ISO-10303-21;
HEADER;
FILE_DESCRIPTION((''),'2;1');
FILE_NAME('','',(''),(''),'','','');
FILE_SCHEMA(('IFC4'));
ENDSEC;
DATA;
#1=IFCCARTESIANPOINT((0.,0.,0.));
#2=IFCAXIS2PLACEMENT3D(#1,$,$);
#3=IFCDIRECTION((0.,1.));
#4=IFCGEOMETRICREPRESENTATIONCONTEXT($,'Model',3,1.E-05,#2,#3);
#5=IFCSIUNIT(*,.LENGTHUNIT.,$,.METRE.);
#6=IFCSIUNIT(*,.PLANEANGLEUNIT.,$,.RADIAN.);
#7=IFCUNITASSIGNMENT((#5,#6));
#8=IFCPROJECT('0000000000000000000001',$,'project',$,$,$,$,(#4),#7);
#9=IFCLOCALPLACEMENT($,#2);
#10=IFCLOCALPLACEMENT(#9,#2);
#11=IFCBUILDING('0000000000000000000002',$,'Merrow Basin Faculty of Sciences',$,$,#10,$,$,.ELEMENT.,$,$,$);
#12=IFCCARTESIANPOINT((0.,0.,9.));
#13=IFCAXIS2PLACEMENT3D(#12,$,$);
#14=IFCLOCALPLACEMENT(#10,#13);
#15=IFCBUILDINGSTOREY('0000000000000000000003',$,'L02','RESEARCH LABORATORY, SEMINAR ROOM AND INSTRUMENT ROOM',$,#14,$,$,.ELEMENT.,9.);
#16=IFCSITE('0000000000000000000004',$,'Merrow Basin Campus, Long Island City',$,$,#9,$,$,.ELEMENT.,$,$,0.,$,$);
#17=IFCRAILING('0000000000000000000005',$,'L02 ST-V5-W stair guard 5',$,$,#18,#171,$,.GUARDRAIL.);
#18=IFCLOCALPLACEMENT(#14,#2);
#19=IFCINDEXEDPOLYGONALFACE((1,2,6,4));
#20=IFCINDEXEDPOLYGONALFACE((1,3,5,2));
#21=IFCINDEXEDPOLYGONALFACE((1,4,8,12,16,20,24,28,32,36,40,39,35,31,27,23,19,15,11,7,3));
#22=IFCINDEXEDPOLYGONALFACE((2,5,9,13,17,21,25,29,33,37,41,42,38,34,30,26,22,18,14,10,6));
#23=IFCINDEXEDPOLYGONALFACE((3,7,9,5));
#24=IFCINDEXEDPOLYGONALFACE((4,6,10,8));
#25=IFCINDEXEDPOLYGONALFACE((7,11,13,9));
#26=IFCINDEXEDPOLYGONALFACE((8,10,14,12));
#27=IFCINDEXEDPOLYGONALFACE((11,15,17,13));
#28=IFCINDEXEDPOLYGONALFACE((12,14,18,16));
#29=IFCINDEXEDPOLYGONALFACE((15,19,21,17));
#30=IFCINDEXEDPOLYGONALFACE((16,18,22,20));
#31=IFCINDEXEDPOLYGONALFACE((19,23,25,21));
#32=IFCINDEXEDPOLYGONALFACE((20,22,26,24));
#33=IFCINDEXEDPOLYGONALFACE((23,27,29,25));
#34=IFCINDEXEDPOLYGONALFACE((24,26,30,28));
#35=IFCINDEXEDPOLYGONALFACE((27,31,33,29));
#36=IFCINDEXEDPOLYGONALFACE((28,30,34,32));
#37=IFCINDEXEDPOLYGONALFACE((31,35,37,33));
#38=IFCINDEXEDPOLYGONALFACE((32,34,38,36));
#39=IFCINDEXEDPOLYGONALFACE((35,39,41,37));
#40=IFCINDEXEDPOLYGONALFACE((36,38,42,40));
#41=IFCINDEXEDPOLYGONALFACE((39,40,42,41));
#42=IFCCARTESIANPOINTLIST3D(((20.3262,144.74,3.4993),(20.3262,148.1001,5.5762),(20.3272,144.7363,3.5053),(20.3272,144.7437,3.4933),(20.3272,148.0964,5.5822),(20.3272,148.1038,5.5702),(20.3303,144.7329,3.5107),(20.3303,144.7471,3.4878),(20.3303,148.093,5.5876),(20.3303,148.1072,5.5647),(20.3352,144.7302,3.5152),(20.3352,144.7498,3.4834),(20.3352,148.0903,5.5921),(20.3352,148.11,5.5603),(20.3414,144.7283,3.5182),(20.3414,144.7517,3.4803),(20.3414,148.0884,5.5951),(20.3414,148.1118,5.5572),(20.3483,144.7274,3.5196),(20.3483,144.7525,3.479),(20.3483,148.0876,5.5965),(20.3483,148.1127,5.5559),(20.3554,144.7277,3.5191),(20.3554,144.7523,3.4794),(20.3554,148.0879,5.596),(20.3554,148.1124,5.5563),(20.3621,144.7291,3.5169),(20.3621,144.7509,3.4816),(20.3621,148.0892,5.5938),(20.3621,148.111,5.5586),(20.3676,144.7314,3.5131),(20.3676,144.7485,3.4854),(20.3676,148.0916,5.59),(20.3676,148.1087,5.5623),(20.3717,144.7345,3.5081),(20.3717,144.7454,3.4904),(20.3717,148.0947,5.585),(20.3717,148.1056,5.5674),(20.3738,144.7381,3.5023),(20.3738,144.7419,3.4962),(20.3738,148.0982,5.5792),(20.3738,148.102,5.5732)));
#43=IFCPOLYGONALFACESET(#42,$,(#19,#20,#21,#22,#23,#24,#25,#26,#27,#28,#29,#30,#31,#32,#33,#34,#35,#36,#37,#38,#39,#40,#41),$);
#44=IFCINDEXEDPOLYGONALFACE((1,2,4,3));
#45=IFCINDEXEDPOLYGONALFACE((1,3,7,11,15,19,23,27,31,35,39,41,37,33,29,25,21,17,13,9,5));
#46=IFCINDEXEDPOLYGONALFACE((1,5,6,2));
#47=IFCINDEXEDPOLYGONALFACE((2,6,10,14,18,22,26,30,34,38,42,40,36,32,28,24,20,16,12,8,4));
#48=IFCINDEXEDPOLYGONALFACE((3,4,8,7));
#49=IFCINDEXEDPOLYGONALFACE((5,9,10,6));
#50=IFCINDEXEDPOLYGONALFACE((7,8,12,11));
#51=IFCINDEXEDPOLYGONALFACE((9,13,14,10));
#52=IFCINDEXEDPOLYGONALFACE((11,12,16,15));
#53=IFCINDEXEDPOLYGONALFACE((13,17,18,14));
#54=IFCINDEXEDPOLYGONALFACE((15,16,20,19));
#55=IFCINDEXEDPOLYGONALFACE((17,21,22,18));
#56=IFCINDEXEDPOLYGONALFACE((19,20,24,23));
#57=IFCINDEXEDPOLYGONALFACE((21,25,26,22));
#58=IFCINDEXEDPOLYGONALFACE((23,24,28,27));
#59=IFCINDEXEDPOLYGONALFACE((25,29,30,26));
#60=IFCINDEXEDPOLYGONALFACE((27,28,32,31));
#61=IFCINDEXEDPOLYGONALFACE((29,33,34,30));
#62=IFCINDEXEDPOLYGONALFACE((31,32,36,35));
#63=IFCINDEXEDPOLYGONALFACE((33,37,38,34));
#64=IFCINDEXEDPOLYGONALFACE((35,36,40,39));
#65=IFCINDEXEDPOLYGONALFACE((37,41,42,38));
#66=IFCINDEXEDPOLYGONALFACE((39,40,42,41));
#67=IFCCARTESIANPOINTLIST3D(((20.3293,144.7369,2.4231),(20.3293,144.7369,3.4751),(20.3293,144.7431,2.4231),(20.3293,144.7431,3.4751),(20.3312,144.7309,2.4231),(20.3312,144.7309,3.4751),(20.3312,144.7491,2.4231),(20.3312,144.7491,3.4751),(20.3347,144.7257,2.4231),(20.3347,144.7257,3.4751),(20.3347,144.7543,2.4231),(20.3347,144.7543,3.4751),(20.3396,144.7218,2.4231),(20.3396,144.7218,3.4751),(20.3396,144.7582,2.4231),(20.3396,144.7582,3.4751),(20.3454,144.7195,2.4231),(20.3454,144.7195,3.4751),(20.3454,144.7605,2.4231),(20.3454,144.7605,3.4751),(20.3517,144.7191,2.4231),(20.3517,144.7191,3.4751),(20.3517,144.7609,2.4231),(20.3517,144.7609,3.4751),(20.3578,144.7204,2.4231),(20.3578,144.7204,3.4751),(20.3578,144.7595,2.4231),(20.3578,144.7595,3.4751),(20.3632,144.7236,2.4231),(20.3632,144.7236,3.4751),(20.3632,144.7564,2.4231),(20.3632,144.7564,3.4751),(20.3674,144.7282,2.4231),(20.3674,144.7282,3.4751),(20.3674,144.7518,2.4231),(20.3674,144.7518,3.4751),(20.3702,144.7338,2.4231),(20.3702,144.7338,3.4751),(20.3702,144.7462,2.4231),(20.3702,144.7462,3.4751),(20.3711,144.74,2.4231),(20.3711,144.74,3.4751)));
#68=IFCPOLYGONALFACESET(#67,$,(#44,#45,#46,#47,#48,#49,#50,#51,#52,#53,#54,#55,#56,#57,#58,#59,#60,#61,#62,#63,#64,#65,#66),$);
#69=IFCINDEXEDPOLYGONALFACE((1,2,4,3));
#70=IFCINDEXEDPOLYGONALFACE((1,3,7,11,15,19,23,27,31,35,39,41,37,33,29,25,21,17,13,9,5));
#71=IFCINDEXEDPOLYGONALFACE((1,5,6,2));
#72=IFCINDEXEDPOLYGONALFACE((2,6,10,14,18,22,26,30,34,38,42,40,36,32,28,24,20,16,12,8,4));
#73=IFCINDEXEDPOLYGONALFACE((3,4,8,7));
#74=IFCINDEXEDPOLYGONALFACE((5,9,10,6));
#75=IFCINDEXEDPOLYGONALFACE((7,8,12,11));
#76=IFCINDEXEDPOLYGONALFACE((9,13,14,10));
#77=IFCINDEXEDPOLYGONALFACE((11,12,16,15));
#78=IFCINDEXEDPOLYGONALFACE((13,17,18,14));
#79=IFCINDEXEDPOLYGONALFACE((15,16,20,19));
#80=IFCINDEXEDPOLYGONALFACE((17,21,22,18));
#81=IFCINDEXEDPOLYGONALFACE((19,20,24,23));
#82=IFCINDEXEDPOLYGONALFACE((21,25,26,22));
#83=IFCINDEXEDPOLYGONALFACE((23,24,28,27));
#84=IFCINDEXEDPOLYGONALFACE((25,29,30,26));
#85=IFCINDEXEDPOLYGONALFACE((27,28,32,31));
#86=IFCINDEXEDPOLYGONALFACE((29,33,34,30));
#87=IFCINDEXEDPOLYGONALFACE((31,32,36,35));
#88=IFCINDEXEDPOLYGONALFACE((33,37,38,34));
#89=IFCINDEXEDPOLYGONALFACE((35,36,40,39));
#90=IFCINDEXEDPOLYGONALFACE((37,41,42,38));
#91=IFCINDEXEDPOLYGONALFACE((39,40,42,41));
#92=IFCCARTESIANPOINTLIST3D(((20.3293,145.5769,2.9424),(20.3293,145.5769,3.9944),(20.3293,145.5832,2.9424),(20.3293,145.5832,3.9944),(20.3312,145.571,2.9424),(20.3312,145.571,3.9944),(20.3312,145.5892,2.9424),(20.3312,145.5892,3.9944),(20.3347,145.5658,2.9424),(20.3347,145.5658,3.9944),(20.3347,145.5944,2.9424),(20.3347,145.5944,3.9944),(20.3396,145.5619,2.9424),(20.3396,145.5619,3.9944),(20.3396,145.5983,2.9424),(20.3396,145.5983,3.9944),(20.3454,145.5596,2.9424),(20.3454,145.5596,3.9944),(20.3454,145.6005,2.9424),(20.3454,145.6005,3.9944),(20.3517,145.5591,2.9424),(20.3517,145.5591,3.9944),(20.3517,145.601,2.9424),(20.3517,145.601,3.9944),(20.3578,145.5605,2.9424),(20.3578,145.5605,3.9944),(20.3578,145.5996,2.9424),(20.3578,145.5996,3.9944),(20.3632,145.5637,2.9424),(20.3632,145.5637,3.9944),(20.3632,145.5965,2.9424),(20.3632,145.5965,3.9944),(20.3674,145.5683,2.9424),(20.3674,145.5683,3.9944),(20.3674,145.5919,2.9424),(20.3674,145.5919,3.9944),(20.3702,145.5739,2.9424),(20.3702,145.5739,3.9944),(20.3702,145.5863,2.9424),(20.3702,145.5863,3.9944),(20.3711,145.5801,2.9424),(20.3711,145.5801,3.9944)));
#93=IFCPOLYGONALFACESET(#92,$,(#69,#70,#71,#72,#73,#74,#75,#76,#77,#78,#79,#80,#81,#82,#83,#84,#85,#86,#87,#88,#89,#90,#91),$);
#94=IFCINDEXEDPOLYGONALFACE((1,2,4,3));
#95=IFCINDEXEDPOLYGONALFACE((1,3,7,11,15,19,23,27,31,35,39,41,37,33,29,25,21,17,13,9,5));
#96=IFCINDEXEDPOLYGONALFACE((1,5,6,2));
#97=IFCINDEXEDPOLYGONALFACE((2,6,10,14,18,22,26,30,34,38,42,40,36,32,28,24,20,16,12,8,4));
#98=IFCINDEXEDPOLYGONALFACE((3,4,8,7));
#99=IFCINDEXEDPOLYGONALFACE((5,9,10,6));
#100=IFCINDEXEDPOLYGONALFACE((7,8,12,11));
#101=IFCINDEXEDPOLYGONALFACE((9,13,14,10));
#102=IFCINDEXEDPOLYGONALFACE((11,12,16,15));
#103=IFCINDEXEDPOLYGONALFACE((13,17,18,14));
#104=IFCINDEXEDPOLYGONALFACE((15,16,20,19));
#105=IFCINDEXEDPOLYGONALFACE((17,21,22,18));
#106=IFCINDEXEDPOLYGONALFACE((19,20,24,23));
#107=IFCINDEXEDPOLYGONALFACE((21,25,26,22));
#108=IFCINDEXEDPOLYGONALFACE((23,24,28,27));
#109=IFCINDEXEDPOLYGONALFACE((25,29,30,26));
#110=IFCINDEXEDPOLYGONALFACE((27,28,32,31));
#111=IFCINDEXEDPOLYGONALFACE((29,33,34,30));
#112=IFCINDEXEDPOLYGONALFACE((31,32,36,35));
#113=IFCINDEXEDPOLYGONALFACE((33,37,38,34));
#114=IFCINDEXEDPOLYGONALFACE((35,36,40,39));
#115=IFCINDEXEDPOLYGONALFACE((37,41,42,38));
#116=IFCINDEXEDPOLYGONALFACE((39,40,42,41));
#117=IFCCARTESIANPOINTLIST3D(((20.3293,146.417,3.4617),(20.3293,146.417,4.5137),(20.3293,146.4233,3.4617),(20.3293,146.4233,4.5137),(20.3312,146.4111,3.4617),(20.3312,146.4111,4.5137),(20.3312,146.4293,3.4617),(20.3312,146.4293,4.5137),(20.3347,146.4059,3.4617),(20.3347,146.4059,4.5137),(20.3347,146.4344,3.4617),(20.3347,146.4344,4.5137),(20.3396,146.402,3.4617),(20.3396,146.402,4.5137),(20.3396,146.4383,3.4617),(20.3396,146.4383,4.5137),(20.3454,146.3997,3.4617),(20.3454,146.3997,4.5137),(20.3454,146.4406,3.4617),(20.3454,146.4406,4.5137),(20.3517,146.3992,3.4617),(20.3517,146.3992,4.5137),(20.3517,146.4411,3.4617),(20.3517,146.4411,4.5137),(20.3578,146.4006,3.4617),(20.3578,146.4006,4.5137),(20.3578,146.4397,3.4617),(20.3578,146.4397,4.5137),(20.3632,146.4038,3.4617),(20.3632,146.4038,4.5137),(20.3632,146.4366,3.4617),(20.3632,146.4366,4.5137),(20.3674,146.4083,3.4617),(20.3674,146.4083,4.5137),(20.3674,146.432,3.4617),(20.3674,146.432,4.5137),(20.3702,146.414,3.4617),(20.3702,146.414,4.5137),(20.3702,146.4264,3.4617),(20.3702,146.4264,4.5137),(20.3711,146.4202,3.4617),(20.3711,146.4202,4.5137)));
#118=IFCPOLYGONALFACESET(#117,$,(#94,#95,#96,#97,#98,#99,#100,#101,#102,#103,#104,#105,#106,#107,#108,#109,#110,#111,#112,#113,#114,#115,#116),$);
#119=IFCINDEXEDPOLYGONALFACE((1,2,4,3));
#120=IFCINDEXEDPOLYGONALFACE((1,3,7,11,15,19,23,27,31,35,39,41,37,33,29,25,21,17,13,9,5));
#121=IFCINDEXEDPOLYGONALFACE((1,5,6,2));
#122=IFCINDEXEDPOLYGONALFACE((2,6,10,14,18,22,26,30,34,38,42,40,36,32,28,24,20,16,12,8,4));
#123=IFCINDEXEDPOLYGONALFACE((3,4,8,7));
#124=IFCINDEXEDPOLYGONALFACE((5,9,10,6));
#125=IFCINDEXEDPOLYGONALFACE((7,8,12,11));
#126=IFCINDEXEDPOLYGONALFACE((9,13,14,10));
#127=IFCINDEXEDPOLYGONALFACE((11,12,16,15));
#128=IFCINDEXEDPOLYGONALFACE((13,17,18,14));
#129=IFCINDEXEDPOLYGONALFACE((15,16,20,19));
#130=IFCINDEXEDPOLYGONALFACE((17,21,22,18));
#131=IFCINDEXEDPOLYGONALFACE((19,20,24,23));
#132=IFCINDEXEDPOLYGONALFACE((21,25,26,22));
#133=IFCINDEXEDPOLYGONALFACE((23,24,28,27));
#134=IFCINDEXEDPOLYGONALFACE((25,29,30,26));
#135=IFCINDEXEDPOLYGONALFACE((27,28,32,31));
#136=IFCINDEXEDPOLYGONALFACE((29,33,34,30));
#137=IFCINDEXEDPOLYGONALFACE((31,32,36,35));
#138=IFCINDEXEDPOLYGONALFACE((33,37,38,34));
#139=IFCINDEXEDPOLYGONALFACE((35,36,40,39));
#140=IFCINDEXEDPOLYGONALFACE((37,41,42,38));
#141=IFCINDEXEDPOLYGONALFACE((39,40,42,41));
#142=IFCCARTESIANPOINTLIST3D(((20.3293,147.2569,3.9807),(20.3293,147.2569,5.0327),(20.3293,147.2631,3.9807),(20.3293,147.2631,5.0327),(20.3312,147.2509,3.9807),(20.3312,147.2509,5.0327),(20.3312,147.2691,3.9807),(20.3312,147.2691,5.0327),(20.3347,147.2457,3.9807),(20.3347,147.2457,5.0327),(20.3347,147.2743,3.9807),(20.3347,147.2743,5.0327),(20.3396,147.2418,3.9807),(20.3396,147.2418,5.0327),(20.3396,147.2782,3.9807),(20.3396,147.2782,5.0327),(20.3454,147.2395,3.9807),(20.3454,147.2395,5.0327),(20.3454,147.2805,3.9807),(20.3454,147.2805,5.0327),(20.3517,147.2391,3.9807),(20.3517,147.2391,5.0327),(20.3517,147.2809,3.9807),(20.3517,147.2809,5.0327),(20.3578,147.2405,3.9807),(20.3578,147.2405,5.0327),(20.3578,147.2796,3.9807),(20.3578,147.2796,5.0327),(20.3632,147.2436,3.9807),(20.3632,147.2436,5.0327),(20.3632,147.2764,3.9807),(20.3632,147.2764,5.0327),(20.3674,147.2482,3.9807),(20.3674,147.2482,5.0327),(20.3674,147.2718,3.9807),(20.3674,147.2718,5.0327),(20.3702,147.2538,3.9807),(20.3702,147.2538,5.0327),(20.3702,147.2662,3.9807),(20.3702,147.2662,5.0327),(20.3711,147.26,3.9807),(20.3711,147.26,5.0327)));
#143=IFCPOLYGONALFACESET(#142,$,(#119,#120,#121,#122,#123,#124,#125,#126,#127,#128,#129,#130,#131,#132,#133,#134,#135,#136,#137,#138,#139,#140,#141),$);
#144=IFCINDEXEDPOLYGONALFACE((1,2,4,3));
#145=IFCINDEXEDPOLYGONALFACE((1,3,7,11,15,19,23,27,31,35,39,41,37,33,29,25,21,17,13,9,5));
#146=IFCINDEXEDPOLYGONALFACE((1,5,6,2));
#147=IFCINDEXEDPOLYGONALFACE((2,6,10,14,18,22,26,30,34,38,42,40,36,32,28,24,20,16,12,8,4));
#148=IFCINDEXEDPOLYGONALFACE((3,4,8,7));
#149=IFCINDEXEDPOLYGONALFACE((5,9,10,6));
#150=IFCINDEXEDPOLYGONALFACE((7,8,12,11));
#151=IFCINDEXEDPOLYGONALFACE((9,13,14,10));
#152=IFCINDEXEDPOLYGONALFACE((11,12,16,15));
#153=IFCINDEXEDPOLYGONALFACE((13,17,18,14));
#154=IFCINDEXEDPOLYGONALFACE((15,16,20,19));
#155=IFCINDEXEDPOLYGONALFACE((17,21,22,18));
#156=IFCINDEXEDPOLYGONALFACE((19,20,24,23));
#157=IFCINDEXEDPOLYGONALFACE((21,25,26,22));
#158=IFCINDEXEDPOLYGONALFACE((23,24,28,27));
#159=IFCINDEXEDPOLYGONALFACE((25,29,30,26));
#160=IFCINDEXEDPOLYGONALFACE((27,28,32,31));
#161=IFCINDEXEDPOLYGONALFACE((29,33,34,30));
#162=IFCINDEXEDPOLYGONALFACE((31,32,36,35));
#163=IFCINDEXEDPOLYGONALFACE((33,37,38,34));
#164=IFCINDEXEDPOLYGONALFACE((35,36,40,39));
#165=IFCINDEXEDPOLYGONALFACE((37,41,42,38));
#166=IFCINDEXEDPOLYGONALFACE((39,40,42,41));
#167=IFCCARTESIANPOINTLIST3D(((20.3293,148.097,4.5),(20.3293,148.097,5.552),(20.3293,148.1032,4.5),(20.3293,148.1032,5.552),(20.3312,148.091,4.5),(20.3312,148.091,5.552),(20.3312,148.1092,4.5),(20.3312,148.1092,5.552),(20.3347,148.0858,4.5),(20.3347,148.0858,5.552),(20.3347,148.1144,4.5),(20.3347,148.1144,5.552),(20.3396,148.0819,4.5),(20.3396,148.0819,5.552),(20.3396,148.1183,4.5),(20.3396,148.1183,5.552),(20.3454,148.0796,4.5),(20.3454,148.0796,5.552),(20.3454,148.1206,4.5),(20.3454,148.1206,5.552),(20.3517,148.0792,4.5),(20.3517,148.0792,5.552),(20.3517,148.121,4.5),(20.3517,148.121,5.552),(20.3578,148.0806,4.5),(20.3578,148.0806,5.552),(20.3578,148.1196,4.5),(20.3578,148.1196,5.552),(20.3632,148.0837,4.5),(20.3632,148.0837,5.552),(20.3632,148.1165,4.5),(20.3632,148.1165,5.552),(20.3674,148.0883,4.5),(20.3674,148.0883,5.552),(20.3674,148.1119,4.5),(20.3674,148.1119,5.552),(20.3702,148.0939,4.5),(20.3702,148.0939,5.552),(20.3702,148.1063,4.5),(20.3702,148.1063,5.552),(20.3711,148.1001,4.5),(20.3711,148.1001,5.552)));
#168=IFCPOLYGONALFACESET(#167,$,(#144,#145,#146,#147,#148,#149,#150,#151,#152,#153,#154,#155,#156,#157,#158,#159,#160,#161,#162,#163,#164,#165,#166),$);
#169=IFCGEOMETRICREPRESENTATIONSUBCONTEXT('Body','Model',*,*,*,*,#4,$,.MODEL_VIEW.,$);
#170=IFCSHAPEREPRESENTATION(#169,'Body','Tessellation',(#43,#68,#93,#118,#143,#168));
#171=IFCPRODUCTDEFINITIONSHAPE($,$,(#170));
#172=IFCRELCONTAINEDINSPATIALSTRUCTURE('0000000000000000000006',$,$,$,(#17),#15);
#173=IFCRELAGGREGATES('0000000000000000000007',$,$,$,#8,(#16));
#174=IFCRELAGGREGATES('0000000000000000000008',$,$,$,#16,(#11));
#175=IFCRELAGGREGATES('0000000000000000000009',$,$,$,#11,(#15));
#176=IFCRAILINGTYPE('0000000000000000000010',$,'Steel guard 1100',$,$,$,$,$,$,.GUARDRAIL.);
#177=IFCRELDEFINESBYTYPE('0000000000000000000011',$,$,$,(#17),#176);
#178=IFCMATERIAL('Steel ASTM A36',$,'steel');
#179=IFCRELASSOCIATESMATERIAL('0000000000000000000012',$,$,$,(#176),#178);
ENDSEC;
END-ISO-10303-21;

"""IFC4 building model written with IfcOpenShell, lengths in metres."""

from ifc_helpers import new_model, si_unit, direction, frame, origin, origin_2d, place, context, subcontext, project, spatial, circle, extrude, material, type_object, element, save


model = new_model("IFC4")

# Units and contexts
model_context = context("Model", 3, precision=1e-05, world=origin(), true_north=direction((0.0, 1.0)))
body_context = subcontext(model_context, "Body", "Model", "MODEL_VIEW")
ifc_project = project(units=[si_unit("LENGTHUNIT", "METRE"), si_unit("PLANEANGLEUNIT", "RADIAN")], contexts=[model_context])

# Site, building, storey
site_placement = place(None, origin())
site = spatial("IfcSite", under=ifc_project, at=site_placement, Name="Merrow Basin Campus, Long Island City", CompositionType="ELEMENT", RefElevation=0.0)
building_placement = place(site_placement, origin())
building = spatial("IfcBuilding", under=site, at=building_placement, Name="Merrow Basin Faculty of Sciences", CompositionType="ELEMENT")
storey_placement = place(building_placement, frame((0.0, 0.0, 9.0)))
storey = spatial("IfcBuildingStorey", under=building, at=storey_placement, Name="L02", Description="RESEARCH LABORATORY, SEMINAR ROOM AND INSTRUMENT ROOM", CompositionType="ELEMENT", Elevation=9.0)

# Railing
ifc_material_1 = material(Name="Steel ASTM A36", Category="steel")
railing_type_1 = type_object("IfcRailingType", Name="Steel guard 1100", PredefinedType="GUARDRAIL", material=ifc_material_1)
railing_1_placement = place(storey_placement, frame((20.3501, 144.74, 2.4231)))
element("IfcRailing", 1, at=railing_1_placement, inside=storey, type_object=railing_type_1, Name="L02 ST-V5-W stair guard 5", PredefinedType="GUARDRAIL", context=body_context, shape_type="SweptSolid", body=[
    extrude(circle(Radius=0.0239, at=origin_2d()), frame((0.0, 0.0, 1.0762), z_axis=(0.0, 0.850623, 0.525776), x_axis=(-1.0, 0.0, 0.0)), (0.0, 0.0, 1.0), 3.9502),
    extrude(circle(Radius=0.021, at=origin_2d()), origin(), (0.0, 0.0, 1.0), 1.052),
    extrude(circle(Radius=0.021, at=origin_2d()), frame((0.0, 0.8401, 0.5193)), (0.0, 0.0, 1.0), 1.052),
    extrude(circle(Radius=0.021, at=origin_2d()), frame((0.0, 1.6802, 1.0386)), (0.0, 0.0, 1.0), 1.052),
    extrude(circle(Radius=0.021, at=origin_2d()), frame((0.0, 2.52, 1.5576)), (0.0, 0.0, 1.0), 1.052),
    extrude(circle(Radius=0.021, at=origin_2d()), frame((0.0, 3.3601, 2.0769)), (0.0, 0.0, 1.0), 1.052),
])

save(model, "model.ifc")
